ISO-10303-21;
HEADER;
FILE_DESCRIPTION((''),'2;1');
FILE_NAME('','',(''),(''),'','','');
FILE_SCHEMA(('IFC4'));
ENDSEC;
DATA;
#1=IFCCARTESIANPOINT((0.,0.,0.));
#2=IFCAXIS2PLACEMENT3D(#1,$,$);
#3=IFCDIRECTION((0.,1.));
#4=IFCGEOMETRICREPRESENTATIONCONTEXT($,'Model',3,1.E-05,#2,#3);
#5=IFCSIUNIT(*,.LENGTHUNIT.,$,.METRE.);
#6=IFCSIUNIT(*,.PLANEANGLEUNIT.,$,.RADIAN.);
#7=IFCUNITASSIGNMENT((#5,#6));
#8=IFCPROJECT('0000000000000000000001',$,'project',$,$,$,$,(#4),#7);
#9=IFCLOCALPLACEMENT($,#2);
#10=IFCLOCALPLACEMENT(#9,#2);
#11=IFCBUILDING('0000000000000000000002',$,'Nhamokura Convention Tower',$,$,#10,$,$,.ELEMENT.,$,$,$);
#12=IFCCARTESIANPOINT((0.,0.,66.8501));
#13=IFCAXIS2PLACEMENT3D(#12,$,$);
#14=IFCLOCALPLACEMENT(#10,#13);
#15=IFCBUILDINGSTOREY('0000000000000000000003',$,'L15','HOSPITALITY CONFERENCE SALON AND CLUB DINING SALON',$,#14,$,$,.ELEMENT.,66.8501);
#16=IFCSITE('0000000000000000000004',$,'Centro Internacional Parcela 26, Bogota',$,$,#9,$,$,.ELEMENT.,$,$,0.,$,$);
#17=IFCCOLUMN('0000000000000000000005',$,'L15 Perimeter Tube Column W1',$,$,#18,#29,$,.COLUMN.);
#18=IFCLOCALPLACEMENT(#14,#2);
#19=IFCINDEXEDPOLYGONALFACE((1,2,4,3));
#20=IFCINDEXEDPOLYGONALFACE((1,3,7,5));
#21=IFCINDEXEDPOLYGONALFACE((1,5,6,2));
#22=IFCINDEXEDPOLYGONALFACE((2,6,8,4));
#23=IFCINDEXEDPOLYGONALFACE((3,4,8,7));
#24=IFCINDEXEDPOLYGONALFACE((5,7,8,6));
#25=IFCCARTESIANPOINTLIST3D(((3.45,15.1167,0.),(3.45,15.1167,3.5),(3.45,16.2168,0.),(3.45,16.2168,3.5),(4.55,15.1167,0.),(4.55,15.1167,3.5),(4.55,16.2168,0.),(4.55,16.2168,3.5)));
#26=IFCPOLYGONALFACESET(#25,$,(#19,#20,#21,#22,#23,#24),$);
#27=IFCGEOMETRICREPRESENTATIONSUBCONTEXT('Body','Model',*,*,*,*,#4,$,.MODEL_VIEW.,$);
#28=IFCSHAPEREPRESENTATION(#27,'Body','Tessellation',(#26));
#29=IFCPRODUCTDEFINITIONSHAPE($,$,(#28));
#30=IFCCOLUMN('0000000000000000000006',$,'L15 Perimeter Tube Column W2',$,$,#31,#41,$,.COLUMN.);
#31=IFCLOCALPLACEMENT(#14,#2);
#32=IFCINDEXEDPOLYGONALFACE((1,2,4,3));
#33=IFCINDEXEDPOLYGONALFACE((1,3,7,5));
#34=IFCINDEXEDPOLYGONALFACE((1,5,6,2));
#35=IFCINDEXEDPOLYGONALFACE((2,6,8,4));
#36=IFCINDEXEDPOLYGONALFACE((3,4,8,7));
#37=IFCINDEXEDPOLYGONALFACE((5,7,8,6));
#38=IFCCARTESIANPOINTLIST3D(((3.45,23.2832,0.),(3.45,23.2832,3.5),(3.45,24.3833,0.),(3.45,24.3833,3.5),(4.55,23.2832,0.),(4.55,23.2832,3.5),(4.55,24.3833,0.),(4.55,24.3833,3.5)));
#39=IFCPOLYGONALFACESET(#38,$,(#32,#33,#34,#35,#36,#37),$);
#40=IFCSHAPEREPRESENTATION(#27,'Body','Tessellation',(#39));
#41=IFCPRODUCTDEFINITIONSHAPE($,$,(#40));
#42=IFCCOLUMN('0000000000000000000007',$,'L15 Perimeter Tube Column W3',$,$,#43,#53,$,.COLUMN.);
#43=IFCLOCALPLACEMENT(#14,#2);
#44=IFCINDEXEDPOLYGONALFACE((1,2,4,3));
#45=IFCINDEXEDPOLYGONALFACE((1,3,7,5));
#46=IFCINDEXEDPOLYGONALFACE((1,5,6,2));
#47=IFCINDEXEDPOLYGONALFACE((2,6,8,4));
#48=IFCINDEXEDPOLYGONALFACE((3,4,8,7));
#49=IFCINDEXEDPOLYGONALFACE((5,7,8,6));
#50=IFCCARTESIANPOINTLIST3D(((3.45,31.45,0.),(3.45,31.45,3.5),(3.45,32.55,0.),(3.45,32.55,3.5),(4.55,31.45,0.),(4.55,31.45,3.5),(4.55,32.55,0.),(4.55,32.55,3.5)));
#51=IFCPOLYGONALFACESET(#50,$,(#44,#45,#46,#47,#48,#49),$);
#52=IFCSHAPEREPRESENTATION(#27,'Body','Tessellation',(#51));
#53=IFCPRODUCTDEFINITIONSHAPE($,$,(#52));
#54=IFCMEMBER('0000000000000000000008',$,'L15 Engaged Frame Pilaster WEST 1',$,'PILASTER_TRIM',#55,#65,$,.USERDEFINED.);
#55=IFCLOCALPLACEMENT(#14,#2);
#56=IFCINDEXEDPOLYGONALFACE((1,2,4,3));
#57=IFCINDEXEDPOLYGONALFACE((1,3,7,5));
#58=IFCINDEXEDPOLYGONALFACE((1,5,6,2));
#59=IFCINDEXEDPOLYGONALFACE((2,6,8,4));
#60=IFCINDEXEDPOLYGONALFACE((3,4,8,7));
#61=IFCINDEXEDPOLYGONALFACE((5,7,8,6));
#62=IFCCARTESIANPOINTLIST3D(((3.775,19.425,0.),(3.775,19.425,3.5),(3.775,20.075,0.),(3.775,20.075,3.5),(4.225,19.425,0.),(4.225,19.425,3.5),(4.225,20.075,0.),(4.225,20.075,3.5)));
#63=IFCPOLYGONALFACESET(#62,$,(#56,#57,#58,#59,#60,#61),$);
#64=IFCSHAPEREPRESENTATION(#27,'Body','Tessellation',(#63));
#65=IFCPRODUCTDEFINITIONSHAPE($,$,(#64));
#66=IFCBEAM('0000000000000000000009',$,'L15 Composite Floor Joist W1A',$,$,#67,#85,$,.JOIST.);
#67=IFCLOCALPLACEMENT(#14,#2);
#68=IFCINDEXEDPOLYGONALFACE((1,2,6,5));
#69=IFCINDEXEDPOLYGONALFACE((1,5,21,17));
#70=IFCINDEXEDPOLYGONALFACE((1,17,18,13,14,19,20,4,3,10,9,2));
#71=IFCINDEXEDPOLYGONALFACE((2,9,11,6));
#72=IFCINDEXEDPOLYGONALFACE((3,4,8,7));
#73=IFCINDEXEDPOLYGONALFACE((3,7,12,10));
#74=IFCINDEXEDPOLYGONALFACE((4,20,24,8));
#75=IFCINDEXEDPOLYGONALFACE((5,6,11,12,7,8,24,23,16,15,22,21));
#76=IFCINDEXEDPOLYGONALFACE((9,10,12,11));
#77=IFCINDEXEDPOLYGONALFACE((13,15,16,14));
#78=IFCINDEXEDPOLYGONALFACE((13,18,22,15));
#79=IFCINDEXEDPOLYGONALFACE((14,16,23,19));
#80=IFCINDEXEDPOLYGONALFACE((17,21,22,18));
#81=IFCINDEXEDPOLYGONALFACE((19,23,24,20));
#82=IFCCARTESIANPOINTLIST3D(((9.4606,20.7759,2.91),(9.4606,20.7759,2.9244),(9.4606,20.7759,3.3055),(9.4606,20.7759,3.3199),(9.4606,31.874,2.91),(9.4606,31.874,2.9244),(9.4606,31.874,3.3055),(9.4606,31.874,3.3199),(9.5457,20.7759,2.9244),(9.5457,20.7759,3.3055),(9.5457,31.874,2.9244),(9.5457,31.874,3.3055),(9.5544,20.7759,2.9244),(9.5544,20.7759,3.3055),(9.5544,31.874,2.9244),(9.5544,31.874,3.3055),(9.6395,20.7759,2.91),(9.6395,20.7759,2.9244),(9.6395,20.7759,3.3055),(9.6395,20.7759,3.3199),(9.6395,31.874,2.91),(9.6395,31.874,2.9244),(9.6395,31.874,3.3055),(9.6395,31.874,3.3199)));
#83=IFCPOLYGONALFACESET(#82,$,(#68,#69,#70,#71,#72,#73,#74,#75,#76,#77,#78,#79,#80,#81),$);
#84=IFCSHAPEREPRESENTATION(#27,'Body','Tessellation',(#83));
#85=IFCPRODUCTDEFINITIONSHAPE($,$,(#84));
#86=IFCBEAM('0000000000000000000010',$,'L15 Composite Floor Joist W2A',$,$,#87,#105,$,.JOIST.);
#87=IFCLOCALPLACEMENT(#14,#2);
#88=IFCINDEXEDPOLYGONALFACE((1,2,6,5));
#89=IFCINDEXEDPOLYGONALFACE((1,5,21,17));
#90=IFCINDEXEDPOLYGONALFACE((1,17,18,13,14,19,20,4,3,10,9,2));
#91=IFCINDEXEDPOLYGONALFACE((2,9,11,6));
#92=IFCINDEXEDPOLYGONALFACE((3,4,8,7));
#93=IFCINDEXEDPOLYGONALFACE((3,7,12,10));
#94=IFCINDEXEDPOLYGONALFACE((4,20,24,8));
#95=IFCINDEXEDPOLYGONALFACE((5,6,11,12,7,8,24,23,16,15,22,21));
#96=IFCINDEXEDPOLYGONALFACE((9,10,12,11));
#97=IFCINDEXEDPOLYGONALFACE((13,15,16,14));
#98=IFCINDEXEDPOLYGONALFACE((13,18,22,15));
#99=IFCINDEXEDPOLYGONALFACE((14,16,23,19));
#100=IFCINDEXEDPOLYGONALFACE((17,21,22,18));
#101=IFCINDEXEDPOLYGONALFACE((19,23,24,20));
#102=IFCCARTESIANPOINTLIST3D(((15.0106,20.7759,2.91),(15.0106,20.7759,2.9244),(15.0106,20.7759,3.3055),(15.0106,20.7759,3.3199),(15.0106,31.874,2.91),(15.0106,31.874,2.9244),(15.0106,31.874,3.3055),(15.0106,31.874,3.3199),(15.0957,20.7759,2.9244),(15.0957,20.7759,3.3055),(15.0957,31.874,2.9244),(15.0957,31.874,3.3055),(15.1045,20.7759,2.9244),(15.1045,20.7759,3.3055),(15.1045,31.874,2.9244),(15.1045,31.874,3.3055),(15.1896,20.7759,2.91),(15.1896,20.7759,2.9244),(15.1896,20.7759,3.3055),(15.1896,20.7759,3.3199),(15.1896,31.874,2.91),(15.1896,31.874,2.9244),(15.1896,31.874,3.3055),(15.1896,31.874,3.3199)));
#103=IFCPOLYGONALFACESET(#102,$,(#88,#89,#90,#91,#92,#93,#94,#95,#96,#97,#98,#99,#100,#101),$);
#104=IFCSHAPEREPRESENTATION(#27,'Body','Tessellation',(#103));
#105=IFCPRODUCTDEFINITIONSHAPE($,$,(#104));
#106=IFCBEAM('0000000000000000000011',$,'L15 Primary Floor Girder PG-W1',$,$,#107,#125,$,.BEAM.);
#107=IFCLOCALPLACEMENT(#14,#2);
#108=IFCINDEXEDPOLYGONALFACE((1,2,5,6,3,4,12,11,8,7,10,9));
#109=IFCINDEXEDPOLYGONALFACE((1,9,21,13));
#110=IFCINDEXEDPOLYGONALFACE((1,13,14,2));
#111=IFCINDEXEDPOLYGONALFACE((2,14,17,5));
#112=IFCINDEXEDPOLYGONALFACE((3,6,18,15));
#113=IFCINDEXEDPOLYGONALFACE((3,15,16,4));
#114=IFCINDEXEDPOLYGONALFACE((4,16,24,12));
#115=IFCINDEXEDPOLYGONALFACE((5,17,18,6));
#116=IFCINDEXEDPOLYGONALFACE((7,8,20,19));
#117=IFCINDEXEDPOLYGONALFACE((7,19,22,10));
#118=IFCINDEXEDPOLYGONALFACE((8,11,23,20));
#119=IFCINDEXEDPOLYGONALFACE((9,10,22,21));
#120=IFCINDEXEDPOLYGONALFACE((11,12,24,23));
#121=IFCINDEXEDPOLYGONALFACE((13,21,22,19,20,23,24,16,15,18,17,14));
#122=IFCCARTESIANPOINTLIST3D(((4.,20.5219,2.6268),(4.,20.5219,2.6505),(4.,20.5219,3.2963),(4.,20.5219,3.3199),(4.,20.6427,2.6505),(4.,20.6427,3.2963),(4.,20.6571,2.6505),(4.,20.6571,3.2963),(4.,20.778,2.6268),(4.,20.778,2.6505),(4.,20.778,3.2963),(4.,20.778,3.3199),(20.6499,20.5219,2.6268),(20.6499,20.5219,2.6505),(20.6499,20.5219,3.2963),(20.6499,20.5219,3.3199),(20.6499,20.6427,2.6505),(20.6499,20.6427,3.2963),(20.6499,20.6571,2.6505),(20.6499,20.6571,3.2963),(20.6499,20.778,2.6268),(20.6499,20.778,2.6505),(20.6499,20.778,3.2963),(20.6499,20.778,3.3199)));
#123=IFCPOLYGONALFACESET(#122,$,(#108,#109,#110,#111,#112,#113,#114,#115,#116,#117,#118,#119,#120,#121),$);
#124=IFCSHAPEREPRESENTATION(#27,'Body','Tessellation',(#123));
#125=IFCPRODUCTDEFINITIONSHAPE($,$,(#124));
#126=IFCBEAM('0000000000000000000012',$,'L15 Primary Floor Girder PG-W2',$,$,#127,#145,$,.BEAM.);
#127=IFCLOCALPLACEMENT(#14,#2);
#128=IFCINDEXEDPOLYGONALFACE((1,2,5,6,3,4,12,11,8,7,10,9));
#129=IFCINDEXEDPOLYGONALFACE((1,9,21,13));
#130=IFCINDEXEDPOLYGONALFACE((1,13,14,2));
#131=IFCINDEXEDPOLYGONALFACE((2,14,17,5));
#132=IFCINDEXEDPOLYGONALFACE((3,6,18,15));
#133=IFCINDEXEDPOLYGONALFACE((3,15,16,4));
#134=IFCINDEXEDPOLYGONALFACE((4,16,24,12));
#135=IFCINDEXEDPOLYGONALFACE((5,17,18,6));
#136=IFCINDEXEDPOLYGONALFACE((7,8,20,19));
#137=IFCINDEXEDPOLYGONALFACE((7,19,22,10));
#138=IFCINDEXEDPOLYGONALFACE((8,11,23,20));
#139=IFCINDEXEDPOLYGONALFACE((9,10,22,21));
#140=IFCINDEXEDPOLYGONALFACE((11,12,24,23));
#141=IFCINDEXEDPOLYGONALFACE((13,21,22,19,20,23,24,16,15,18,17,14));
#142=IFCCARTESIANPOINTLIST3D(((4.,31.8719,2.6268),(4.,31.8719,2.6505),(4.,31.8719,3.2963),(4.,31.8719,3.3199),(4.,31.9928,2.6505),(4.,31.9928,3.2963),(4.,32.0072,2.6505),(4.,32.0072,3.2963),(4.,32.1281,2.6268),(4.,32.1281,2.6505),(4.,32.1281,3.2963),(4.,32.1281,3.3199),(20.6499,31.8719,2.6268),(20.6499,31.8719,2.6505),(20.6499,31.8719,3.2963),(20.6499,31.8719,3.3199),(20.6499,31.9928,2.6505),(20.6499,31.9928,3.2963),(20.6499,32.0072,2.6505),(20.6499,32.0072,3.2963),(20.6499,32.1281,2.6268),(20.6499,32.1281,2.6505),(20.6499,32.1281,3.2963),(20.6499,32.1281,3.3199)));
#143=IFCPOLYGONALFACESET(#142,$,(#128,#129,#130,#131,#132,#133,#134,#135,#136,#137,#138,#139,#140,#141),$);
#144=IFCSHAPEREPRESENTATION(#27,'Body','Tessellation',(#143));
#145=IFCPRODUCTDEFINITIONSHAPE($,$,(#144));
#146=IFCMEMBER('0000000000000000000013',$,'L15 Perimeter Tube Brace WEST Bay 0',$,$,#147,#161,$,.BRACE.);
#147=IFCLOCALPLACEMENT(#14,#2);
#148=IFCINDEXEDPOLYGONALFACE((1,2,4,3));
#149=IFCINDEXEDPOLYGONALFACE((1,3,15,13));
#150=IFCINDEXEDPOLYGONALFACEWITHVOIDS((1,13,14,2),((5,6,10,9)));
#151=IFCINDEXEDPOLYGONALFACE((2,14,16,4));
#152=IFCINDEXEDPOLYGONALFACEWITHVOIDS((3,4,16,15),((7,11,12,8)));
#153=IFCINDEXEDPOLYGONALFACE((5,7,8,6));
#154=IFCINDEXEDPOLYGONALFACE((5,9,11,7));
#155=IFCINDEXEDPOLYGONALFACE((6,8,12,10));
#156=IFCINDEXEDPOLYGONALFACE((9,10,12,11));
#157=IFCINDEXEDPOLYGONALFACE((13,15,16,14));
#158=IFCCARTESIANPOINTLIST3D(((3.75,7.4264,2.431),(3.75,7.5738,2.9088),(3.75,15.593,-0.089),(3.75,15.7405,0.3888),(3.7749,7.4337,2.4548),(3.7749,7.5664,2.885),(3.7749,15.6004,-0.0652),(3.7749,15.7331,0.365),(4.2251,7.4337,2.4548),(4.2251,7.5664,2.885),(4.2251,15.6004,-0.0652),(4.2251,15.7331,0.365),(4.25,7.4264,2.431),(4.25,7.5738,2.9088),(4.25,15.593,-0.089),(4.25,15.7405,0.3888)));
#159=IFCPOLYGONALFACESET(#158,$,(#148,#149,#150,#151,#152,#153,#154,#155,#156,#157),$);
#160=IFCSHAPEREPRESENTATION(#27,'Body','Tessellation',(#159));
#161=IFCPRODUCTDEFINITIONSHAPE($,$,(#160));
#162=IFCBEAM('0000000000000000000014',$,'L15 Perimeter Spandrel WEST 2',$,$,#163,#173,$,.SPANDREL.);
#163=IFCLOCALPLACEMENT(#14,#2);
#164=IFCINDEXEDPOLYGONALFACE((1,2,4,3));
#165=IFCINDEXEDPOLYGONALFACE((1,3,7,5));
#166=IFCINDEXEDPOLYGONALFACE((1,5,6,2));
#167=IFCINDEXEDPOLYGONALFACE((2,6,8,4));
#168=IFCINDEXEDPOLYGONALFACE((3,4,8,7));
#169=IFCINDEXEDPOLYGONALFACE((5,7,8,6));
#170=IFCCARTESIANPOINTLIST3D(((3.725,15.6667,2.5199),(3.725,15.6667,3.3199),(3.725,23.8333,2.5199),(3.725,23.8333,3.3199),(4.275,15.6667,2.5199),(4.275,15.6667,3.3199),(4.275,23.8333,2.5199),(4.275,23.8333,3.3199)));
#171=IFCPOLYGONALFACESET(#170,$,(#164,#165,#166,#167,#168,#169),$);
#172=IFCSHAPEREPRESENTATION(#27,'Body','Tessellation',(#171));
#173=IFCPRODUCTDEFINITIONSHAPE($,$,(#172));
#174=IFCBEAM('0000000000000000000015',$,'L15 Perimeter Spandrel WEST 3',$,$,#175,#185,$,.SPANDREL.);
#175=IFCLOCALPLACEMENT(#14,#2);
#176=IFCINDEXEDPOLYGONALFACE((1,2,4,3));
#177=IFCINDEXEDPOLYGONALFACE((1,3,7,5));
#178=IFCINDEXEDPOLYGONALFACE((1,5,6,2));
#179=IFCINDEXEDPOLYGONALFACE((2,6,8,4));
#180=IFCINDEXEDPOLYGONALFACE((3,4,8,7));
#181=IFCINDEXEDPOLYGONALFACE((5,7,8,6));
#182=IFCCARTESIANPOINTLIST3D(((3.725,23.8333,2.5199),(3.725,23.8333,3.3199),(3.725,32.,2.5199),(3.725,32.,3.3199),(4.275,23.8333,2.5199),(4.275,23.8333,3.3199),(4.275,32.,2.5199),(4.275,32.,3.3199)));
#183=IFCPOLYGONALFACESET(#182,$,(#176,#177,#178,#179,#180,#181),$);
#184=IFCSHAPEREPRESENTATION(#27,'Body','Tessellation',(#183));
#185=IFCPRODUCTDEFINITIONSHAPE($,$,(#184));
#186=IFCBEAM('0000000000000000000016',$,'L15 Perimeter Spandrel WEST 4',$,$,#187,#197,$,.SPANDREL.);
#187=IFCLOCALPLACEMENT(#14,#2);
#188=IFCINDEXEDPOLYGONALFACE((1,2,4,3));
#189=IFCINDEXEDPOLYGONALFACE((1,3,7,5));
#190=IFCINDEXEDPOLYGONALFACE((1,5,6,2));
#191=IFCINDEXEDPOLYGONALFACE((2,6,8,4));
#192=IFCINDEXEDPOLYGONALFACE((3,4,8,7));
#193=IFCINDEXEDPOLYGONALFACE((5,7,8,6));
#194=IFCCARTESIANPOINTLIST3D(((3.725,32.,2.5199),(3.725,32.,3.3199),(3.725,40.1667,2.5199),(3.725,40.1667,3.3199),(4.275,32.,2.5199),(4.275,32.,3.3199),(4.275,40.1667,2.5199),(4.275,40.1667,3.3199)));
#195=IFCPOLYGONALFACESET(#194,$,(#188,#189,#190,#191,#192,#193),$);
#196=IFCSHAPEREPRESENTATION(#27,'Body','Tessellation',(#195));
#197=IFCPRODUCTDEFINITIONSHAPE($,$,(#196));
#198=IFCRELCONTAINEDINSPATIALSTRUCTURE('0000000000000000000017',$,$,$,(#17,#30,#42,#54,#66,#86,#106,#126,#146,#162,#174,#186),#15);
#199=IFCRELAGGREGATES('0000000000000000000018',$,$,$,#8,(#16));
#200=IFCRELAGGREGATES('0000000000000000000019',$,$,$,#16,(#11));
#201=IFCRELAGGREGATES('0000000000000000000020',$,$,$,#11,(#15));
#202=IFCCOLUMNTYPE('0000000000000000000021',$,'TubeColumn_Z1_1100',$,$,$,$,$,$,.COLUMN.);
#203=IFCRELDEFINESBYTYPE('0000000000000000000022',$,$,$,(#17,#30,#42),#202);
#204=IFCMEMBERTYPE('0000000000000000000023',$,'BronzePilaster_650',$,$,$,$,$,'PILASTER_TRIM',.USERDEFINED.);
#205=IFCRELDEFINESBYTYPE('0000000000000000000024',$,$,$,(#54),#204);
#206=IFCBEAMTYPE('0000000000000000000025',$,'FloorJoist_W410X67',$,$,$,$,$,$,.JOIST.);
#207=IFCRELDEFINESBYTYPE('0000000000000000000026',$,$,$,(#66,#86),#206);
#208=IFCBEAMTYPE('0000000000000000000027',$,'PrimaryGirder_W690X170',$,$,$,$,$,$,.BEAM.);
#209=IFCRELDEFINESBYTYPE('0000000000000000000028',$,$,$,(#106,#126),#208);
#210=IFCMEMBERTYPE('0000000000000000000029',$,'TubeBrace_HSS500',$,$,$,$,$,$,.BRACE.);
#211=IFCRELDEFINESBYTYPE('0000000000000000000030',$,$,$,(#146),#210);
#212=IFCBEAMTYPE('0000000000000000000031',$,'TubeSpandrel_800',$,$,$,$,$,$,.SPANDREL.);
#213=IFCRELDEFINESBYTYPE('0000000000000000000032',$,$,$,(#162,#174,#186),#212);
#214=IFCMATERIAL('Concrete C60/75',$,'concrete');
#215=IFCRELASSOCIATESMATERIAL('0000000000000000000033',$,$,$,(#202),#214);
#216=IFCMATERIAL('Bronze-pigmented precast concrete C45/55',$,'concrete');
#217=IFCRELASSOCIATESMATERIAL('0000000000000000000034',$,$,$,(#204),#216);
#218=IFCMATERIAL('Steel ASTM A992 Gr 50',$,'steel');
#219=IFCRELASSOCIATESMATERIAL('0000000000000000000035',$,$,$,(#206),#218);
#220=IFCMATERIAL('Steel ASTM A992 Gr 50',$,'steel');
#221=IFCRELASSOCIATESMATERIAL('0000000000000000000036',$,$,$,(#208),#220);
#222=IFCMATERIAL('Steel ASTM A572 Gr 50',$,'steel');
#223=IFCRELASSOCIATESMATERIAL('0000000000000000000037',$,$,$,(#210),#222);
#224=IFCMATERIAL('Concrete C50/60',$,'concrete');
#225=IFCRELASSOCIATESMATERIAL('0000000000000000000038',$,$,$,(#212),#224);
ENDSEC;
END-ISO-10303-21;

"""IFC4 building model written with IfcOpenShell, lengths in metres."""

from ifc_helpers import new_model, si_unit, direction, frame, origin, origin_2d, place, context, subcontext, project, spatial, rectangle, hollow_rectangle, i_section, extrude, material, material_profile, profile_set, type_object, element, save


model = new_model("IFC4")

# Units and contexts
model_context = context("Model", 3, precision=1e-05, world=origin(), true_north=direction((0.0, 1.0)))
body_context = subcontext(model_context, "Body", "Model", "MODEL_VIEW")
ifc_project = project(units=[si_unit("LENGTHUNIT", "METRE"), si_unit("PLANEANGLEUNIT", "RADIAN")], contexts=[model_context])

# Site, building, storey
site_placement = place(None, origin())
site = spatial("IfcSite", under=ifc_project, at=site_placement, Name="Centro Internacional Parcela 26, Bogota", CompositionType="ELEMENT", RefElevation=0.0)
building_placement = place(site_placement, origin())
building = spatial("IfcBuilding", under=site, at=building_placement, Name="Nhamokura Convention Tower", CompositionType="ELEMENT")
storey_placement = place(building_placement, frame((0.0, 0.0, 66.8501)))
storey = spatial("IfcBuildingStorey", under=building, at=storey_placement, Name="L15", Description="HOSPITALITY CONFERENCE SALON AND CLUB DINING SALON", CompositionType="ELEMENT", Elevation=66.8501)

# Columns
ifc_material_1 = material(Name="Concrete C60/75", Category="concrete")
ifc_material_profile_1 = material_profile(ifc_material_1, rectangle(XDim=1.1001, YDim=1.1001, at=origin_2d()))
ifc_profile_set_1 = profile_set([ifc_material_profile_1], Name="Concrete C60/75")
column_type = type_object("IfcColumnType", Name="TubeColumn_Z1_1100", PredefinedType="COLUMN", material=ifc_profile_set_1)
for number, where, z_axis, x_axis, name in (
    (1, (4.0, 15.6667, 0.0), (0.0, 0.0, 1.0), (1.0, 0.0, 0.0), "L15 Perimeter Tube Column W1"),
    (2, (4.0, 23.8333, 0.0), (0.0, 0.0, 1.0), (1.0, 0.0, 0.0), "L15 Perimeter Tube Column W2"),
    (3, (4.0, 32.0, 0.0), (0.0, 0.0, 1.0), (1.0, 0.0, 0.0), "L15 Perimeter Tube Column W3"),
):
    element("IfcColumn", number, at=place(storey_placement, frame(where, z_axis=z_axis, x_axis=x_axis)), inside=storey, type_object=column_type, Name=name, PredefinedType="COLUMN", context=body_context, shape_type="SweptSolid", body=[
        extrude(rectangle(XDim=1.1001, YDim=1.1001, at=origin_2d()), origin(), (0.0, 0.0, 1.0), 3.5),
    ])

# Member
ifc_material_2 = material(Name="Bronze-pigmented precast concrete C45/55", Category="concrete")
ifc_material_profile_2 = material_profile(ifc_material_2, rectangle(XDim=0.45, YDim=0.6499, at=origin_2d()))
ifc_profile_set_2 = profile_set([ifc_material_profile_2], Name="Bronze-pigmented precast concrete C45/55")
member_type_1 = type_object("IfcMemberType", Name="BronzePilaster_650", ElementType="PILASTER_TRIM", PredefinedType="USERDEFINED", material=ifc_profile_set_2)
member_1_placement = place(storey_placement, frame((4.0, 19.75, 0.0), z_axis=(0.0, 0.0, 1.0), x_axis=(1.0, 0.0, 0.0)))
element("IfcMember", 4, at=member_1_placement, inside=storey, type_object=member_type_1, Name="L15 Engaged Frame Pilaster WEST 1", ObjectType="PILASTER_TRIM", PredefinedType="USERDEFINED", context=body_context, shape_type="SweptSolid", body=[
    extrude(rectangle(XDim=0.45, YDim=0.6499, at=origin_2d()), origin(), (0.0, 0.0, 1.0), 3.5),
])

# Beams
ifc_material_3 = material(Name="Steel ASTM A992 Gr 50", Category="steel")
ifc_material_profile_3 = material_profile(ifc_material_3, i_section(OverallWidth=0.179, OverallDepth=0.4099, WebThickness=0.0088, FlangeThickness=0.0144, at=origin_2d()))
ifc_profile_set_3 = profile_set([ifc_material_profile_3], Name="Steel ASTM A992 Gr 50")
beam_type_1 = type_object("IfcBeamType", Name="FloorJoist_W410X67", PredefinedType="JOIST", material=ifc_profile_set_3)
for number, where, z_axis, x_axis, name in (
    (5, (9.55, 20.7759, 3.115), (0.0, 1.0, 0.0), (-1.0, 0.0, 0.0), "L15 Composite Floor Joist W1A"),
    (6, (15.1001, 20.7759, 3.115), (0.0, 1.0, 0.0), (-1.0, 0.0, 0.0), "L15 Composite Floor Joist W2A"),
):
    element("IfcBeam", number, at=place(storey_placement, frame(where, z_axis=z_axis, x_axis=x_axis)), inside=storey, type_object=beam_type_1, Name=name, PredefinedType="JOIST", context=body_context, shape_type="SweptSolid", body=[
        extrude(i_section(OverallWidth=0.179, OverallDepth=0.4099, WebThickness=0.0088, FlangeThickness=0.0144, at=origin_2d()), origin(), (0.0, 0.0, 1.0), 11.0981),
    ])
ifc_material_4 = material(Name="Steel ASTM A992 Gr 50", Category="steel")
ifc_material_profile_4 = material_profile(ifc_material_4, i_section(OverallWidth=0.2561, OverallDepth=0.6931, WebThickness=0.0144, FlangeThickness=0.0237, at=origin_2d()))
ifc_profile_set_4 = profile_set([ifc_material_profile_4], Name="Steel ASTM A992 Gr 50")
beam_type_2 = type_object("IfcBeamType", Name="PrimaryGirder_W690X170", PredefinedType="BEAM", material=ifc_profile_set_4)
for number, where, z_axis, x_axis, name in (
    (7, (4.0, 20.6499, 2.9734), (1.0, 0.0, 0.0), (0.0, 1.0, 0.0), "L15 Primary Floor Girder PG-W1"),
    (8, (4.0, 32.0, 2.9734), (1.0, 0.0, 0.0), (0.0, 1.0, 0.0), "L15 Primary Floor Girder PG-W2"),
):
    element("IfcBeam", number, at=place(storey_placement, frame(where, z_axis=z_axis, x_axis=x_axis)), inside=storey, type_object=beam_type_2, Name=name, PredefinedType="BEAM", context=body_context, shape_type="SweptSolid", body=[
        extrude(i_section(OverallWidth=0.2561, OverallDepth=0.6931, WebThickness=0.0144, FlangeThickness=0.0237, at=origin_2d()), origin(), (0.0, 0.0, 1.0), 16.6499),
    ])

# Member
ifc_material_5 = material(Name="Steel ASTM A572 Gr 50", Category="steel")
ifc_material_profile_5 = material_profile(ifc_material_5, hollow_rectangle(XDim=0.5, YDim=0.5, WallThickness=0.0249, at=origin_2d()))
ifc_profile_set_5 = profile_set([ifc_material_profile_5], Name="Steel ASTM A572 Gr 50")
member_type_2 = type_object("IfcMemberType", Name="TubeBrace_HSS500", PredefinedType="BRACE", material=ifc_profile_set_5)
member_2_placement = place(storey_placement, frame((4.0, 15.6667, 0.1499), z_axis=(0.0, -0.955543, 0.294853), x_axis=(1.0, 0.0, 0.0)))
element("IfcMember", 9, at=member_2_placement, inside=storey, type_object=member_type_2, Name="L15 Perimeter Tube Brace WEST Bay 0", PredefinedType="BRACE", context=body_context, shape_type="SweptSolid", body=[
    extrude(hollow_rectangle(XDim=0.5, YDim=0.5, WallThickness=0.0249, at=origin_2d()), origin(), (0.0, 0.0, 1.0), 8.5466),
])

# Beams
ifc_material_6 = material(Name="Concrete C50/60", Category="concrete")
ifc_material_profile_6 = material_profile(ifc_material_6, rectangle(XDim=0.55, YDim=0.8, at=origin_2d()))
ifc_profile_set_6 = profile_set([ifc_material_profile_6], Name="Concrete C50/60")
beam_type_3 = type_object("IfcBeamType", Name="TubeSpandrel_800", PredefinedType="SPANDREL", material=ifc_profile_set_6)
beam_placement = place(storey_placement, frame((4.0, 15.6667, 2.9199), z_axis=(0.0, 1.0, 0.0), x_axis=(-1.0, 0.0, 0.0)))
element("IfcBeam", 10, at=beam_placement, inside=storey, type_object=beam_type_3, Name="L15 Perimeter Spandrel WEST 2", PredefinedType="SPANDREL", context=body_context, shape_type="SweptSolid", body=[
    extrude(rectangle(XDim=0.55, YDim=0.8, at=origin_2d()), origin(), (0.0, 0.0, 1.0), 8.1665),
])
for number, where, z_axis, x_axis, name in (
    (11, (4.0, 23.8333, 2.9199), (0.0, 1.0, 0.0), (-1.0, 0.0, 0.0), "L15 Perimeter Spandrel WEST 3"),
    (12, (4.0, 32.0, 2.9199), (0.0, 1.0, 0.0), (-1.0, 0.0, 0.0), "L15 Perimeter Spandrel WEST 4"),
):
    element("IfcBeam", number, at=place(storey_placement, frame(where, z_axis=z_axis, x_axis=x_axis)), inside=storey, type_object=beam_type_3, Name=name, PredefinedType="SPANDREL", context=body_context, shape_type="SweptSolid", body=[
        extrude(rectangle(XDim=0.55, YDim=0.8, at=origin_2d()), origin(), (0.0, 0.0, 1.0), 8.1667),
    ])

save(model, "model.ifc")
